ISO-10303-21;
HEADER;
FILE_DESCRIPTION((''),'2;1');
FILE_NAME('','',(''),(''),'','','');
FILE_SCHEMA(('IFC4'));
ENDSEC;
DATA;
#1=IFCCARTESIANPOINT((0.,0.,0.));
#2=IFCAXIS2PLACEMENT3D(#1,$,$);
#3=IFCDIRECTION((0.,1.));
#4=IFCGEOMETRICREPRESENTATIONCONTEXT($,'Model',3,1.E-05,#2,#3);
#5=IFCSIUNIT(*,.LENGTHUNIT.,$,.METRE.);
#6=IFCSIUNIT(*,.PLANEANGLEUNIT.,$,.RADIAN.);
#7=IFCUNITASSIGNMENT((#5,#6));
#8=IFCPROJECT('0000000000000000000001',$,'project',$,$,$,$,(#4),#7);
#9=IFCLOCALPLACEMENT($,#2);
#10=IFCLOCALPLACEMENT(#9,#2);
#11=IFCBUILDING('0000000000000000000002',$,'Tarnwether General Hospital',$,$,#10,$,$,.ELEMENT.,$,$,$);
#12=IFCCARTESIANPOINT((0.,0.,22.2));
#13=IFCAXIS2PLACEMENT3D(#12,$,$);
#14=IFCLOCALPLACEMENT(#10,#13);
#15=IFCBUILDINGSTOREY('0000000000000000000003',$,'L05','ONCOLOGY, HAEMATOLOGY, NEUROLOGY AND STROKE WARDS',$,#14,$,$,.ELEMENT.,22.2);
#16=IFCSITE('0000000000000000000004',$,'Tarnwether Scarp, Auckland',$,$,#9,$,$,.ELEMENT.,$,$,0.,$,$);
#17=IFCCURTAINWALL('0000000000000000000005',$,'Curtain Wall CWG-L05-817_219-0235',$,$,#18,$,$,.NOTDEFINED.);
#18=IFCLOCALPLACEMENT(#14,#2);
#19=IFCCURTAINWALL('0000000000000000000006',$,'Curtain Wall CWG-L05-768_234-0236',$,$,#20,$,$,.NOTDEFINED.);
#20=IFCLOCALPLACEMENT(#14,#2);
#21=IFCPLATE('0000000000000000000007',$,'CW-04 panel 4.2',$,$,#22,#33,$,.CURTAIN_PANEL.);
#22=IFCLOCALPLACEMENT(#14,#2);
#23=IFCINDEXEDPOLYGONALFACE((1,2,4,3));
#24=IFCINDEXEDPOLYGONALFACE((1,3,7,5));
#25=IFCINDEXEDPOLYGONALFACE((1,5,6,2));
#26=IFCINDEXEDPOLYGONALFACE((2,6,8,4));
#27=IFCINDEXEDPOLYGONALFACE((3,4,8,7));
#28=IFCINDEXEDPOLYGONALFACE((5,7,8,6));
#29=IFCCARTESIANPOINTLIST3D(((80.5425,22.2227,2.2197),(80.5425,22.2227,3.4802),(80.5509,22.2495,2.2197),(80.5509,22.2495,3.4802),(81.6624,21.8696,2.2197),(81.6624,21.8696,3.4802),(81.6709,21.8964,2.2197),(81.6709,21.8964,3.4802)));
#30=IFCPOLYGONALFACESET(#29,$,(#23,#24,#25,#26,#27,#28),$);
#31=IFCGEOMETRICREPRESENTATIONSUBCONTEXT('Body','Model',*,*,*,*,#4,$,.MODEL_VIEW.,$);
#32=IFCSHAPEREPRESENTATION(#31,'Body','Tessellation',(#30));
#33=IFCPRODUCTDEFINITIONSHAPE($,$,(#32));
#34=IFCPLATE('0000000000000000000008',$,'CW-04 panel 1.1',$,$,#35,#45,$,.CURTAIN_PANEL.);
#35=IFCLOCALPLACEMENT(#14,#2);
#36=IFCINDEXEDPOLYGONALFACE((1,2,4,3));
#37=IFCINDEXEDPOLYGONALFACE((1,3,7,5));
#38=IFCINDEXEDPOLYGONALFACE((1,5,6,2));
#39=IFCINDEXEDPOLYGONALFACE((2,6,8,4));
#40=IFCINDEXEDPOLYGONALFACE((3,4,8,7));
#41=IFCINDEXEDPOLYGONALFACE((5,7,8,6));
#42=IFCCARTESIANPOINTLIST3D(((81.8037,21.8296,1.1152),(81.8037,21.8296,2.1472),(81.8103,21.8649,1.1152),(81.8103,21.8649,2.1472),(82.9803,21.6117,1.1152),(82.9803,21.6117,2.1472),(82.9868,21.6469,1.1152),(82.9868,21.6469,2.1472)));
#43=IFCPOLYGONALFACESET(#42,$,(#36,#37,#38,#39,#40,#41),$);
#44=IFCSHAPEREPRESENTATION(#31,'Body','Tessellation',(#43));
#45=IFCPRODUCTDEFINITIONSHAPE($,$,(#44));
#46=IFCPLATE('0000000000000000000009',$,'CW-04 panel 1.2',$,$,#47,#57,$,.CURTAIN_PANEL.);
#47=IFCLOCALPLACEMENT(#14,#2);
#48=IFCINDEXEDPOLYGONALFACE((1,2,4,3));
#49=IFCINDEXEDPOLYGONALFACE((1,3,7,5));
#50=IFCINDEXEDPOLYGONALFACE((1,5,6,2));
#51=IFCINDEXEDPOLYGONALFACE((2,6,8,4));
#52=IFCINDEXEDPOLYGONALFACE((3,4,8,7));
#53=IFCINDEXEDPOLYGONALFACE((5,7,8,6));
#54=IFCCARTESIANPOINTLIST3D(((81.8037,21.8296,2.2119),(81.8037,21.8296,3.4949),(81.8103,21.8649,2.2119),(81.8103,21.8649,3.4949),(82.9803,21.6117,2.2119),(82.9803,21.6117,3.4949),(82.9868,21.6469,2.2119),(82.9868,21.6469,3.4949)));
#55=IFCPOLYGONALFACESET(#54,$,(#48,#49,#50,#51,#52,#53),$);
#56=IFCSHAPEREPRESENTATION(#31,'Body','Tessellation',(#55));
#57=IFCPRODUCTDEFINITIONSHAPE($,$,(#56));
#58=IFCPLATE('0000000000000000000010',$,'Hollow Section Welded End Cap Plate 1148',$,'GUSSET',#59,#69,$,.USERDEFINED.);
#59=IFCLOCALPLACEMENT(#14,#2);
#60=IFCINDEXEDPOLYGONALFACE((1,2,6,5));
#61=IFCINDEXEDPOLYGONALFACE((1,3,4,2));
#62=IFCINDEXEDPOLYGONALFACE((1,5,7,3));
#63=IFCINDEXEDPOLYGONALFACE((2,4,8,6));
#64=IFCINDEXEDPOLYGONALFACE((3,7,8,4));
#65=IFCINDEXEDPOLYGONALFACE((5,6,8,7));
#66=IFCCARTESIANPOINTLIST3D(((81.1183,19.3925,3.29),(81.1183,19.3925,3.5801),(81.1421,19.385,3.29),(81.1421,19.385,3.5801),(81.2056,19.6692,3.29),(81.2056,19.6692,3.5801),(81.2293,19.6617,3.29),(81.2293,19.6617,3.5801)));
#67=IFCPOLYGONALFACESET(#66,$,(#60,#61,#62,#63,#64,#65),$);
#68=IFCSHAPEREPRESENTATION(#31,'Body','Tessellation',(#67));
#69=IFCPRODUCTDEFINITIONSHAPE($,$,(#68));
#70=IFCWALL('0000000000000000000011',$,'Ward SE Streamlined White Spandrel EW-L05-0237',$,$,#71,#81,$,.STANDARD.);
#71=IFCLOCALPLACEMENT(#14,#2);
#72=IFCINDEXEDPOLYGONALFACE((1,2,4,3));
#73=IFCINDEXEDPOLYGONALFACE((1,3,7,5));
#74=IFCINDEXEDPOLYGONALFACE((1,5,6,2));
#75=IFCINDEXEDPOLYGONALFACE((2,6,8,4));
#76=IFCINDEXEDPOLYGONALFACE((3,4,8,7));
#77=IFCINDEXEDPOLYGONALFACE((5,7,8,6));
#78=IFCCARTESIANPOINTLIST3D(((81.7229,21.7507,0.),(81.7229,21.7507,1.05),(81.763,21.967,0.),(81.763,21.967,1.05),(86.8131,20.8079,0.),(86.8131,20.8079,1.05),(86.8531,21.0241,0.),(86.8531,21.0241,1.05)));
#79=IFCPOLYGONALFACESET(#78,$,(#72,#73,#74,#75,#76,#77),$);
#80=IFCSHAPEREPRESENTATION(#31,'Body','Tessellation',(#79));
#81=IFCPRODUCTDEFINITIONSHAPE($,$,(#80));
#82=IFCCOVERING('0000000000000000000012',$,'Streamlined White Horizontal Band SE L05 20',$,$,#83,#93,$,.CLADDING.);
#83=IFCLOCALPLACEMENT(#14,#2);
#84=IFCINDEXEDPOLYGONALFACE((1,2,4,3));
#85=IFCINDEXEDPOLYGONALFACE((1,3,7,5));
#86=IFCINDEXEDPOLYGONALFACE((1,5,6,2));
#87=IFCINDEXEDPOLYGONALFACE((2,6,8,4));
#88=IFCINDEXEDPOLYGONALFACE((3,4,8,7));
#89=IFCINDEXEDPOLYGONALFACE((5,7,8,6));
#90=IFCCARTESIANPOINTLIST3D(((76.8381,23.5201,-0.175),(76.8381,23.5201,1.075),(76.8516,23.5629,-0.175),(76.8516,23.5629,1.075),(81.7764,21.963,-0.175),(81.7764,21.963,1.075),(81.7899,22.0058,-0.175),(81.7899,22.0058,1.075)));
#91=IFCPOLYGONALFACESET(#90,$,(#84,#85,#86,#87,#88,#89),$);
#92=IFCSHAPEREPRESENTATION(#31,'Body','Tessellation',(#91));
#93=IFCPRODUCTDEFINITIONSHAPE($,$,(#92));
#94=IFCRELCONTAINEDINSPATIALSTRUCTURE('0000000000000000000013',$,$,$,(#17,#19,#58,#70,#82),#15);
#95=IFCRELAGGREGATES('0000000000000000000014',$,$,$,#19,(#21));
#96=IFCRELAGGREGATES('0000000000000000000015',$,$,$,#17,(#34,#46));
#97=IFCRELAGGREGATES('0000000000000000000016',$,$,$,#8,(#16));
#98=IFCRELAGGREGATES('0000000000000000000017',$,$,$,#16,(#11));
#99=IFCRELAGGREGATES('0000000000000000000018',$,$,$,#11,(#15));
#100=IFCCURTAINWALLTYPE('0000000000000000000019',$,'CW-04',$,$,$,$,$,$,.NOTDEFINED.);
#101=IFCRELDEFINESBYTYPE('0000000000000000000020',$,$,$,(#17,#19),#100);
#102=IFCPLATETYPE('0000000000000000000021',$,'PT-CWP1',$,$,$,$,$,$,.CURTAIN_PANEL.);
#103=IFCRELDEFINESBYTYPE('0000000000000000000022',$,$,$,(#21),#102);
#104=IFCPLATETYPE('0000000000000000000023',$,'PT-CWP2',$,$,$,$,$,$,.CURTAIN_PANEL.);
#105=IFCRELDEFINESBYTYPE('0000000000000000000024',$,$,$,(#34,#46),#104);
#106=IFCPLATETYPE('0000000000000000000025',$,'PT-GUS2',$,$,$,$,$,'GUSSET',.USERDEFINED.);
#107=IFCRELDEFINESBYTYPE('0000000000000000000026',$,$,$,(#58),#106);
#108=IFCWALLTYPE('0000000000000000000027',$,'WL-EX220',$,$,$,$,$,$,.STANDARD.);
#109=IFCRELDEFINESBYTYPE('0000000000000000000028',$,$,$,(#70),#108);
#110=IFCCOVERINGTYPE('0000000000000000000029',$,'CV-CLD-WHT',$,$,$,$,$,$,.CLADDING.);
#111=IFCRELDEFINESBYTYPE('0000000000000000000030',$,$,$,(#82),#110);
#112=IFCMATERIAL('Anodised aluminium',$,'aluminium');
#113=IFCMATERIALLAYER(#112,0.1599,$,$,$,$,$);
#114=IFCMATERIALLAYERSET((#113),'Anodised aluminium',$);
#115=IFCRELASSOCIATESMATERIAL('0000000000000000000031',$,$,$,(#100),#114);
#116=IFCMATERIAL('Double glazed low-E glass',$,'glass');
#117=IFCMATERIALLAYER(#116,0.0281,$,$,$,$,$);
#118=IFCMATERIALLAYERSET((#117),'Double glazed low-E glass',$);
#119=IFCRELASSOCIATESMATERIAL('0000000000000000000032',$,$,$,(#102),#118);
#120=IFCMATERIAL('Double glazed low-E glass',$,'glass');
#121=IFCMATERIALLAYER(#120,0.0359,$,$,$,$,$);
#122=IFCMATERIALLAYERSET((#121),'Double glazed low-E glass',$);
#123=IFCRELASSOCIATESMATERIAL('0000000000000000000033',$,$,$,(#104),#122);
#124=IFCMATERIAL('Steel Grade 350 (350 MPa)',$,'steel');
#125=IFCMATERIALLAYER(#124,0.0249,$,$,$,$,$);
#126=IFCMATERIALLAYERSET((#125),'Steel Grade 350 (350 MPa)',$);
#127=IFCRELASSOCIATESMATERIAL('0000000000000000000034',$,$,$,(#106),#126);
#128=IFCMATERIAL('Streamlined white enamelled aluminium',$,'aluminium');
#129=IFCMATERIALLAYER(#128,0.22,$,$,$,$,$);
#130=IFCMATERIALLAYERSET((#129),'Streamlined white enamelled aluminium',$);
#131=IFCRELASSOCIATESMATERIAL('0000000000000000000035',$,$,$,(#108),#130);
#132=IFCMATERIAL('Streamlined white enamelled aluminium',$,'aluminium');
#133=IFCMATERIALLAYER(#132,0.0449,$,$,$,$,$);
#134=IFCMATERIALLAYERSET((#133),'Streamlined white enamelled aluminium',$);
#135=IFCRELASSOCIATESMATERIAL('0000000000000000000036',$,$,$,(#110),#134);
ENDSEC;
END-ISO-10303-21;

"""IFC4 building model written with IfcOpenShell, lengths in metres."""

from ifc_helpers import new_model, si_unit, direction, frame, frame_2d, origin, origin_2d, place, context, subcontext, project, spatial, rectangle, extrude, material, layer, layer_set, type_object, element, aggregate, save


model = new_model("IFC4")

# Units and contexts
model_context = context("Model", 3, precision=1e-05, world=origin(), true_north=direction((0.0, 1.0)))
body_context = subcontext(model_context, "Body", "Model", "MODEL_VIEW")
ifc_project = project(units=[si_unit("LENGTHUNIT", "METRE"), si_unit("PLANEANGLEUNIT", "RADIAN")], contexts=[model_context])

# Site, building, storey
site_placement = place(None, origin())
site = spatial("IfcSite", under=ifc_project, at=site_placement, Name="Tarnwether Scarp, Auckland", CompositionType="ELEMENT", RefElevation=0.0)
building_placement = place(site_placement, origin())
building = spatial("IfcBuilding", under=site, at=building_placement, Name="Tarnwether General Hospital", CompositionType="ELEMENT")
storey_placement = place(building_placement, frame((0.0, 0.0, 22.2)))
storey = spatial("IfcBuildingStorey", under=building, at=storey_placement, Name="L05", Description="ONCOLOGY, HAEMATOLOGY, NEUROLOGY AND STROKE WARDS", CompositionType="ELEMENT", Elevation=22.2)

# Curtain wall
ifc_material_1 = material(Name="Anodised aluminium", Category="aluminium")
ifc_layer_1 = layer(ifc_material_1, 0.1599)
ifc_layer_set_1 = layer_set([ifc_layer_1], Name="Anodised aluminium")
curtain_wall_type = type_object("IfcCurtainWallType", Name="CW-04", PredefinedType="NOTDEFINED", material=ifc_layer_set_1)
curtain_wall_1_placement = place(storey_placement, origin())
curtain_wall_1 = element("IfcCurtainWall", 1, at=curtain_wall_1_placement, inside=storey, type_object=curtain_wall_type, Name="Curtain Wall CWG-L05-817_219-0235", PredefinedType="NOTDEFINED")

# Curtain wall
curtain_wall_2_placement = place(storey_placement, origin())
curtain_wall_2 = element("IfcCurtainWall", 2, at=curtain_wall_2_placement, inside=storey, type_object=curtain_wall_type, Name="Curtain Wall CWG-L05-768_234-0236", PredefinedType="NOTDEFINED")

# Plates
ifc_material_2 = material(Name="Double glazed low-E glass", Category="glass")
ifc_layer_2 = layer(ifc_material_2, 0.0281)
ifc_layer_set_2 = layer_set([ifc_layer_2], Name="Double glazed low-E glass")
plate_type_1 = type_object("IfcPlateType", Name="PT-CWP1", PredefinedType="CURTAIN_PANEL", material=ifc_layer_set_2)
plate_1_placement = place(storey_placement, frame((81.1067, 22.0596, 2.2197), z_axis=(0.0, 0.0, 1.0), x_axis=(0.953714, -0.300715, 0.0)))
plate_1 = element("IfcPlate", 3, at=plate_1_placement, type_object=plate_type_1, Name="CW-04 panel 4.2", PredefinedType="CURTAIN_PANEL", context=body_context, shape_type="SweptSolid", body=[
    extrude(rectangle(XDim=1.1743, YDim=0.0281, at=origin_2d()), origin(), (0.0, 0.0, 1.0), 1.2605),
])
aggregate(curtain_wall_2, [plate_1])
ifc_material_3 = material(Name="Double glazed low-E glass", Category="glass")
ifc_layer_3 = layer(ifc_material_3, 0.0359)
ifc_layer_set_3 = layer_set([ifc_layer_3], Name="Double glazed low-E glass")
plate_type_2 = type_object("IfcPlateType", Name="PT-CWP2", PredefinedType="CURTAIN_PANEL", material=ifc_layer_set_3)
plate_2_placement = place(storey_placement, frame((82.3953, 21.7383, 1.1152), z_axis=(0.0, 0.0, 1.0), x_axis=(0.983268, -0.182165, 0.0)))
plate_2 = element("IfcPlate", 4, at=plate_2_placement, type_object=plate_type_2, Name="CW-04 panel 1.1", PredefinedType="CURTAIN_PANEL", context=body_context, shape_type="SweptSolid", body=[
    extrude(rectangle(XDim=1.1965, YDim=0.0359, at=origin_2d()), origin(), (0.0, 0.0, 1.0), 1.032),
])
plate_3_placement = place(storey_placement, frame((82.3953, 21.7383, 2.2119), z_axis=(0.0, 0.0, 1.0), x_axis=(0.983268, -0.182165, 0.0)))
plate_3 = element("IfcPlate", 5, at=plate_3_placement, type_object=plate_type_2, Name="CW-04 panel 1.2", PredefinedType="CURTAIN_PANEL", context=body_context, shape_type="SweptSolid", body=[
    extrude(rectangle(XDim=1.1965, YDim=0.0359, at=origin_2d()), origin(), (0.0, 0.0, 1.0), 1.283),
])
aggregate(curtain_wall_1, [plate_2, plate_3])
ifc_material_4 = material(Name="Steel Grade 350 (350 MPa)", Category="steel")
ifc_layer_4 = layer(ifc_material_4, 0.0249)
ifc_layer_set_4 = layer_set([ifc_layer_4], Name="Steel Grade 350 (350 MPa)")
plate_type_3 = type_object("IfcPlateType", Name="PT-GUS2", ElementType="GUSSET", PredefinedType="USERDEFINED", material=ifc_layer_set_4)
plate_4_placement = place(storey_placement, frame((81.1738, 19.5271, 3.29), z_axis=(0.0, 0.0, 1.0), x_axis=(0.953712, -0.300722, 0.0)))
element("IfcPlate", 6, at=plate_4_placement, inside=storey, type_object=plate_type_3, Name="Hollow Section Welded End Cap Plate 1148", ObjectType="GUSSET", PredefinedType="USERDEFINED", context=body_context, shape_type="SweptSolid", body=[
    extrude(rectangle(XDim=0.0249, YDim=0.29, at=origin_2d()), origin(), (0.0, 0.0, 1.0), 0.29),
])

# Wall
ifc_material_5 = material(Name="Streamlined white enamelled aluminium", Category="aluminium")
ifc_layer_5 = layer(ifc_material_5, 0.22)
ifc_layer_set_5 = layer_set([ifc_layer_5], Name="Streamlined white enamelled aluminium")
wall_type = type_object("IfcWallType", Name="WL-EX220", PredefinedType="STANDARD", material=ifc_layer_set_5)
wall_placement = place(storey_placement, frame((81.7429, 21.8589, 0.0), z_axis=(0.0, 0.0, 1.0), x_axis=(0.983273, -0.182138, 0.0)))
element("IfcWall", 7, at=wall_placement, inside=storey, type_object=wall_type, Name="Ward SE Streamlined White Spandrel EW-L05-0237", PredefinedType="STANDARD", context=body_context, shape_type="SweptSolid", body=[
    extrude(rectangle(XDim=5.1768, YDim=0.22, at=frame_2d((2.5884, 0.0))), origin(), (0.0, 0.0, 1.0), 1.05),
])

# Covering
ifc_material_6 = material(Name="Streamlined white enamelled aluminium", Category="aluminium")
ifc_layer_6 = layer(ifc_material_6, 0.0449)
ifc_layer_set_6 = layer_set([ifc_layer_6], Name="Streamlined white enamelled aluminium")
covering_type = type_object("IfcCoveringType", Name="CV-CLD-WHT", PredefinedType="CLADDING", material=ifc_layer_set_6)
covering_placement = place(storey_placement, frame((79.314, 22.7629, -0.175), z_axis=(0.0, 0.0, 1.0), x_axis=(0.953712, -0.300722, 0.0)))
element("IfcCovering", 8, at=covering_placement, inside=storey, type_object=covering_type, Name="Streamlined White Horizontal Band SE L05 20", PredefinedType="CLADDING", context=body_context, shape_type="SweptSolid", body=[
    extrude(rectangle(XDim=5.178, YDim=0.0449, at=origin_2d()), origin(), (0.0, 0.0, 1.0), 1.25),
])

save(model, "model.ifc")
